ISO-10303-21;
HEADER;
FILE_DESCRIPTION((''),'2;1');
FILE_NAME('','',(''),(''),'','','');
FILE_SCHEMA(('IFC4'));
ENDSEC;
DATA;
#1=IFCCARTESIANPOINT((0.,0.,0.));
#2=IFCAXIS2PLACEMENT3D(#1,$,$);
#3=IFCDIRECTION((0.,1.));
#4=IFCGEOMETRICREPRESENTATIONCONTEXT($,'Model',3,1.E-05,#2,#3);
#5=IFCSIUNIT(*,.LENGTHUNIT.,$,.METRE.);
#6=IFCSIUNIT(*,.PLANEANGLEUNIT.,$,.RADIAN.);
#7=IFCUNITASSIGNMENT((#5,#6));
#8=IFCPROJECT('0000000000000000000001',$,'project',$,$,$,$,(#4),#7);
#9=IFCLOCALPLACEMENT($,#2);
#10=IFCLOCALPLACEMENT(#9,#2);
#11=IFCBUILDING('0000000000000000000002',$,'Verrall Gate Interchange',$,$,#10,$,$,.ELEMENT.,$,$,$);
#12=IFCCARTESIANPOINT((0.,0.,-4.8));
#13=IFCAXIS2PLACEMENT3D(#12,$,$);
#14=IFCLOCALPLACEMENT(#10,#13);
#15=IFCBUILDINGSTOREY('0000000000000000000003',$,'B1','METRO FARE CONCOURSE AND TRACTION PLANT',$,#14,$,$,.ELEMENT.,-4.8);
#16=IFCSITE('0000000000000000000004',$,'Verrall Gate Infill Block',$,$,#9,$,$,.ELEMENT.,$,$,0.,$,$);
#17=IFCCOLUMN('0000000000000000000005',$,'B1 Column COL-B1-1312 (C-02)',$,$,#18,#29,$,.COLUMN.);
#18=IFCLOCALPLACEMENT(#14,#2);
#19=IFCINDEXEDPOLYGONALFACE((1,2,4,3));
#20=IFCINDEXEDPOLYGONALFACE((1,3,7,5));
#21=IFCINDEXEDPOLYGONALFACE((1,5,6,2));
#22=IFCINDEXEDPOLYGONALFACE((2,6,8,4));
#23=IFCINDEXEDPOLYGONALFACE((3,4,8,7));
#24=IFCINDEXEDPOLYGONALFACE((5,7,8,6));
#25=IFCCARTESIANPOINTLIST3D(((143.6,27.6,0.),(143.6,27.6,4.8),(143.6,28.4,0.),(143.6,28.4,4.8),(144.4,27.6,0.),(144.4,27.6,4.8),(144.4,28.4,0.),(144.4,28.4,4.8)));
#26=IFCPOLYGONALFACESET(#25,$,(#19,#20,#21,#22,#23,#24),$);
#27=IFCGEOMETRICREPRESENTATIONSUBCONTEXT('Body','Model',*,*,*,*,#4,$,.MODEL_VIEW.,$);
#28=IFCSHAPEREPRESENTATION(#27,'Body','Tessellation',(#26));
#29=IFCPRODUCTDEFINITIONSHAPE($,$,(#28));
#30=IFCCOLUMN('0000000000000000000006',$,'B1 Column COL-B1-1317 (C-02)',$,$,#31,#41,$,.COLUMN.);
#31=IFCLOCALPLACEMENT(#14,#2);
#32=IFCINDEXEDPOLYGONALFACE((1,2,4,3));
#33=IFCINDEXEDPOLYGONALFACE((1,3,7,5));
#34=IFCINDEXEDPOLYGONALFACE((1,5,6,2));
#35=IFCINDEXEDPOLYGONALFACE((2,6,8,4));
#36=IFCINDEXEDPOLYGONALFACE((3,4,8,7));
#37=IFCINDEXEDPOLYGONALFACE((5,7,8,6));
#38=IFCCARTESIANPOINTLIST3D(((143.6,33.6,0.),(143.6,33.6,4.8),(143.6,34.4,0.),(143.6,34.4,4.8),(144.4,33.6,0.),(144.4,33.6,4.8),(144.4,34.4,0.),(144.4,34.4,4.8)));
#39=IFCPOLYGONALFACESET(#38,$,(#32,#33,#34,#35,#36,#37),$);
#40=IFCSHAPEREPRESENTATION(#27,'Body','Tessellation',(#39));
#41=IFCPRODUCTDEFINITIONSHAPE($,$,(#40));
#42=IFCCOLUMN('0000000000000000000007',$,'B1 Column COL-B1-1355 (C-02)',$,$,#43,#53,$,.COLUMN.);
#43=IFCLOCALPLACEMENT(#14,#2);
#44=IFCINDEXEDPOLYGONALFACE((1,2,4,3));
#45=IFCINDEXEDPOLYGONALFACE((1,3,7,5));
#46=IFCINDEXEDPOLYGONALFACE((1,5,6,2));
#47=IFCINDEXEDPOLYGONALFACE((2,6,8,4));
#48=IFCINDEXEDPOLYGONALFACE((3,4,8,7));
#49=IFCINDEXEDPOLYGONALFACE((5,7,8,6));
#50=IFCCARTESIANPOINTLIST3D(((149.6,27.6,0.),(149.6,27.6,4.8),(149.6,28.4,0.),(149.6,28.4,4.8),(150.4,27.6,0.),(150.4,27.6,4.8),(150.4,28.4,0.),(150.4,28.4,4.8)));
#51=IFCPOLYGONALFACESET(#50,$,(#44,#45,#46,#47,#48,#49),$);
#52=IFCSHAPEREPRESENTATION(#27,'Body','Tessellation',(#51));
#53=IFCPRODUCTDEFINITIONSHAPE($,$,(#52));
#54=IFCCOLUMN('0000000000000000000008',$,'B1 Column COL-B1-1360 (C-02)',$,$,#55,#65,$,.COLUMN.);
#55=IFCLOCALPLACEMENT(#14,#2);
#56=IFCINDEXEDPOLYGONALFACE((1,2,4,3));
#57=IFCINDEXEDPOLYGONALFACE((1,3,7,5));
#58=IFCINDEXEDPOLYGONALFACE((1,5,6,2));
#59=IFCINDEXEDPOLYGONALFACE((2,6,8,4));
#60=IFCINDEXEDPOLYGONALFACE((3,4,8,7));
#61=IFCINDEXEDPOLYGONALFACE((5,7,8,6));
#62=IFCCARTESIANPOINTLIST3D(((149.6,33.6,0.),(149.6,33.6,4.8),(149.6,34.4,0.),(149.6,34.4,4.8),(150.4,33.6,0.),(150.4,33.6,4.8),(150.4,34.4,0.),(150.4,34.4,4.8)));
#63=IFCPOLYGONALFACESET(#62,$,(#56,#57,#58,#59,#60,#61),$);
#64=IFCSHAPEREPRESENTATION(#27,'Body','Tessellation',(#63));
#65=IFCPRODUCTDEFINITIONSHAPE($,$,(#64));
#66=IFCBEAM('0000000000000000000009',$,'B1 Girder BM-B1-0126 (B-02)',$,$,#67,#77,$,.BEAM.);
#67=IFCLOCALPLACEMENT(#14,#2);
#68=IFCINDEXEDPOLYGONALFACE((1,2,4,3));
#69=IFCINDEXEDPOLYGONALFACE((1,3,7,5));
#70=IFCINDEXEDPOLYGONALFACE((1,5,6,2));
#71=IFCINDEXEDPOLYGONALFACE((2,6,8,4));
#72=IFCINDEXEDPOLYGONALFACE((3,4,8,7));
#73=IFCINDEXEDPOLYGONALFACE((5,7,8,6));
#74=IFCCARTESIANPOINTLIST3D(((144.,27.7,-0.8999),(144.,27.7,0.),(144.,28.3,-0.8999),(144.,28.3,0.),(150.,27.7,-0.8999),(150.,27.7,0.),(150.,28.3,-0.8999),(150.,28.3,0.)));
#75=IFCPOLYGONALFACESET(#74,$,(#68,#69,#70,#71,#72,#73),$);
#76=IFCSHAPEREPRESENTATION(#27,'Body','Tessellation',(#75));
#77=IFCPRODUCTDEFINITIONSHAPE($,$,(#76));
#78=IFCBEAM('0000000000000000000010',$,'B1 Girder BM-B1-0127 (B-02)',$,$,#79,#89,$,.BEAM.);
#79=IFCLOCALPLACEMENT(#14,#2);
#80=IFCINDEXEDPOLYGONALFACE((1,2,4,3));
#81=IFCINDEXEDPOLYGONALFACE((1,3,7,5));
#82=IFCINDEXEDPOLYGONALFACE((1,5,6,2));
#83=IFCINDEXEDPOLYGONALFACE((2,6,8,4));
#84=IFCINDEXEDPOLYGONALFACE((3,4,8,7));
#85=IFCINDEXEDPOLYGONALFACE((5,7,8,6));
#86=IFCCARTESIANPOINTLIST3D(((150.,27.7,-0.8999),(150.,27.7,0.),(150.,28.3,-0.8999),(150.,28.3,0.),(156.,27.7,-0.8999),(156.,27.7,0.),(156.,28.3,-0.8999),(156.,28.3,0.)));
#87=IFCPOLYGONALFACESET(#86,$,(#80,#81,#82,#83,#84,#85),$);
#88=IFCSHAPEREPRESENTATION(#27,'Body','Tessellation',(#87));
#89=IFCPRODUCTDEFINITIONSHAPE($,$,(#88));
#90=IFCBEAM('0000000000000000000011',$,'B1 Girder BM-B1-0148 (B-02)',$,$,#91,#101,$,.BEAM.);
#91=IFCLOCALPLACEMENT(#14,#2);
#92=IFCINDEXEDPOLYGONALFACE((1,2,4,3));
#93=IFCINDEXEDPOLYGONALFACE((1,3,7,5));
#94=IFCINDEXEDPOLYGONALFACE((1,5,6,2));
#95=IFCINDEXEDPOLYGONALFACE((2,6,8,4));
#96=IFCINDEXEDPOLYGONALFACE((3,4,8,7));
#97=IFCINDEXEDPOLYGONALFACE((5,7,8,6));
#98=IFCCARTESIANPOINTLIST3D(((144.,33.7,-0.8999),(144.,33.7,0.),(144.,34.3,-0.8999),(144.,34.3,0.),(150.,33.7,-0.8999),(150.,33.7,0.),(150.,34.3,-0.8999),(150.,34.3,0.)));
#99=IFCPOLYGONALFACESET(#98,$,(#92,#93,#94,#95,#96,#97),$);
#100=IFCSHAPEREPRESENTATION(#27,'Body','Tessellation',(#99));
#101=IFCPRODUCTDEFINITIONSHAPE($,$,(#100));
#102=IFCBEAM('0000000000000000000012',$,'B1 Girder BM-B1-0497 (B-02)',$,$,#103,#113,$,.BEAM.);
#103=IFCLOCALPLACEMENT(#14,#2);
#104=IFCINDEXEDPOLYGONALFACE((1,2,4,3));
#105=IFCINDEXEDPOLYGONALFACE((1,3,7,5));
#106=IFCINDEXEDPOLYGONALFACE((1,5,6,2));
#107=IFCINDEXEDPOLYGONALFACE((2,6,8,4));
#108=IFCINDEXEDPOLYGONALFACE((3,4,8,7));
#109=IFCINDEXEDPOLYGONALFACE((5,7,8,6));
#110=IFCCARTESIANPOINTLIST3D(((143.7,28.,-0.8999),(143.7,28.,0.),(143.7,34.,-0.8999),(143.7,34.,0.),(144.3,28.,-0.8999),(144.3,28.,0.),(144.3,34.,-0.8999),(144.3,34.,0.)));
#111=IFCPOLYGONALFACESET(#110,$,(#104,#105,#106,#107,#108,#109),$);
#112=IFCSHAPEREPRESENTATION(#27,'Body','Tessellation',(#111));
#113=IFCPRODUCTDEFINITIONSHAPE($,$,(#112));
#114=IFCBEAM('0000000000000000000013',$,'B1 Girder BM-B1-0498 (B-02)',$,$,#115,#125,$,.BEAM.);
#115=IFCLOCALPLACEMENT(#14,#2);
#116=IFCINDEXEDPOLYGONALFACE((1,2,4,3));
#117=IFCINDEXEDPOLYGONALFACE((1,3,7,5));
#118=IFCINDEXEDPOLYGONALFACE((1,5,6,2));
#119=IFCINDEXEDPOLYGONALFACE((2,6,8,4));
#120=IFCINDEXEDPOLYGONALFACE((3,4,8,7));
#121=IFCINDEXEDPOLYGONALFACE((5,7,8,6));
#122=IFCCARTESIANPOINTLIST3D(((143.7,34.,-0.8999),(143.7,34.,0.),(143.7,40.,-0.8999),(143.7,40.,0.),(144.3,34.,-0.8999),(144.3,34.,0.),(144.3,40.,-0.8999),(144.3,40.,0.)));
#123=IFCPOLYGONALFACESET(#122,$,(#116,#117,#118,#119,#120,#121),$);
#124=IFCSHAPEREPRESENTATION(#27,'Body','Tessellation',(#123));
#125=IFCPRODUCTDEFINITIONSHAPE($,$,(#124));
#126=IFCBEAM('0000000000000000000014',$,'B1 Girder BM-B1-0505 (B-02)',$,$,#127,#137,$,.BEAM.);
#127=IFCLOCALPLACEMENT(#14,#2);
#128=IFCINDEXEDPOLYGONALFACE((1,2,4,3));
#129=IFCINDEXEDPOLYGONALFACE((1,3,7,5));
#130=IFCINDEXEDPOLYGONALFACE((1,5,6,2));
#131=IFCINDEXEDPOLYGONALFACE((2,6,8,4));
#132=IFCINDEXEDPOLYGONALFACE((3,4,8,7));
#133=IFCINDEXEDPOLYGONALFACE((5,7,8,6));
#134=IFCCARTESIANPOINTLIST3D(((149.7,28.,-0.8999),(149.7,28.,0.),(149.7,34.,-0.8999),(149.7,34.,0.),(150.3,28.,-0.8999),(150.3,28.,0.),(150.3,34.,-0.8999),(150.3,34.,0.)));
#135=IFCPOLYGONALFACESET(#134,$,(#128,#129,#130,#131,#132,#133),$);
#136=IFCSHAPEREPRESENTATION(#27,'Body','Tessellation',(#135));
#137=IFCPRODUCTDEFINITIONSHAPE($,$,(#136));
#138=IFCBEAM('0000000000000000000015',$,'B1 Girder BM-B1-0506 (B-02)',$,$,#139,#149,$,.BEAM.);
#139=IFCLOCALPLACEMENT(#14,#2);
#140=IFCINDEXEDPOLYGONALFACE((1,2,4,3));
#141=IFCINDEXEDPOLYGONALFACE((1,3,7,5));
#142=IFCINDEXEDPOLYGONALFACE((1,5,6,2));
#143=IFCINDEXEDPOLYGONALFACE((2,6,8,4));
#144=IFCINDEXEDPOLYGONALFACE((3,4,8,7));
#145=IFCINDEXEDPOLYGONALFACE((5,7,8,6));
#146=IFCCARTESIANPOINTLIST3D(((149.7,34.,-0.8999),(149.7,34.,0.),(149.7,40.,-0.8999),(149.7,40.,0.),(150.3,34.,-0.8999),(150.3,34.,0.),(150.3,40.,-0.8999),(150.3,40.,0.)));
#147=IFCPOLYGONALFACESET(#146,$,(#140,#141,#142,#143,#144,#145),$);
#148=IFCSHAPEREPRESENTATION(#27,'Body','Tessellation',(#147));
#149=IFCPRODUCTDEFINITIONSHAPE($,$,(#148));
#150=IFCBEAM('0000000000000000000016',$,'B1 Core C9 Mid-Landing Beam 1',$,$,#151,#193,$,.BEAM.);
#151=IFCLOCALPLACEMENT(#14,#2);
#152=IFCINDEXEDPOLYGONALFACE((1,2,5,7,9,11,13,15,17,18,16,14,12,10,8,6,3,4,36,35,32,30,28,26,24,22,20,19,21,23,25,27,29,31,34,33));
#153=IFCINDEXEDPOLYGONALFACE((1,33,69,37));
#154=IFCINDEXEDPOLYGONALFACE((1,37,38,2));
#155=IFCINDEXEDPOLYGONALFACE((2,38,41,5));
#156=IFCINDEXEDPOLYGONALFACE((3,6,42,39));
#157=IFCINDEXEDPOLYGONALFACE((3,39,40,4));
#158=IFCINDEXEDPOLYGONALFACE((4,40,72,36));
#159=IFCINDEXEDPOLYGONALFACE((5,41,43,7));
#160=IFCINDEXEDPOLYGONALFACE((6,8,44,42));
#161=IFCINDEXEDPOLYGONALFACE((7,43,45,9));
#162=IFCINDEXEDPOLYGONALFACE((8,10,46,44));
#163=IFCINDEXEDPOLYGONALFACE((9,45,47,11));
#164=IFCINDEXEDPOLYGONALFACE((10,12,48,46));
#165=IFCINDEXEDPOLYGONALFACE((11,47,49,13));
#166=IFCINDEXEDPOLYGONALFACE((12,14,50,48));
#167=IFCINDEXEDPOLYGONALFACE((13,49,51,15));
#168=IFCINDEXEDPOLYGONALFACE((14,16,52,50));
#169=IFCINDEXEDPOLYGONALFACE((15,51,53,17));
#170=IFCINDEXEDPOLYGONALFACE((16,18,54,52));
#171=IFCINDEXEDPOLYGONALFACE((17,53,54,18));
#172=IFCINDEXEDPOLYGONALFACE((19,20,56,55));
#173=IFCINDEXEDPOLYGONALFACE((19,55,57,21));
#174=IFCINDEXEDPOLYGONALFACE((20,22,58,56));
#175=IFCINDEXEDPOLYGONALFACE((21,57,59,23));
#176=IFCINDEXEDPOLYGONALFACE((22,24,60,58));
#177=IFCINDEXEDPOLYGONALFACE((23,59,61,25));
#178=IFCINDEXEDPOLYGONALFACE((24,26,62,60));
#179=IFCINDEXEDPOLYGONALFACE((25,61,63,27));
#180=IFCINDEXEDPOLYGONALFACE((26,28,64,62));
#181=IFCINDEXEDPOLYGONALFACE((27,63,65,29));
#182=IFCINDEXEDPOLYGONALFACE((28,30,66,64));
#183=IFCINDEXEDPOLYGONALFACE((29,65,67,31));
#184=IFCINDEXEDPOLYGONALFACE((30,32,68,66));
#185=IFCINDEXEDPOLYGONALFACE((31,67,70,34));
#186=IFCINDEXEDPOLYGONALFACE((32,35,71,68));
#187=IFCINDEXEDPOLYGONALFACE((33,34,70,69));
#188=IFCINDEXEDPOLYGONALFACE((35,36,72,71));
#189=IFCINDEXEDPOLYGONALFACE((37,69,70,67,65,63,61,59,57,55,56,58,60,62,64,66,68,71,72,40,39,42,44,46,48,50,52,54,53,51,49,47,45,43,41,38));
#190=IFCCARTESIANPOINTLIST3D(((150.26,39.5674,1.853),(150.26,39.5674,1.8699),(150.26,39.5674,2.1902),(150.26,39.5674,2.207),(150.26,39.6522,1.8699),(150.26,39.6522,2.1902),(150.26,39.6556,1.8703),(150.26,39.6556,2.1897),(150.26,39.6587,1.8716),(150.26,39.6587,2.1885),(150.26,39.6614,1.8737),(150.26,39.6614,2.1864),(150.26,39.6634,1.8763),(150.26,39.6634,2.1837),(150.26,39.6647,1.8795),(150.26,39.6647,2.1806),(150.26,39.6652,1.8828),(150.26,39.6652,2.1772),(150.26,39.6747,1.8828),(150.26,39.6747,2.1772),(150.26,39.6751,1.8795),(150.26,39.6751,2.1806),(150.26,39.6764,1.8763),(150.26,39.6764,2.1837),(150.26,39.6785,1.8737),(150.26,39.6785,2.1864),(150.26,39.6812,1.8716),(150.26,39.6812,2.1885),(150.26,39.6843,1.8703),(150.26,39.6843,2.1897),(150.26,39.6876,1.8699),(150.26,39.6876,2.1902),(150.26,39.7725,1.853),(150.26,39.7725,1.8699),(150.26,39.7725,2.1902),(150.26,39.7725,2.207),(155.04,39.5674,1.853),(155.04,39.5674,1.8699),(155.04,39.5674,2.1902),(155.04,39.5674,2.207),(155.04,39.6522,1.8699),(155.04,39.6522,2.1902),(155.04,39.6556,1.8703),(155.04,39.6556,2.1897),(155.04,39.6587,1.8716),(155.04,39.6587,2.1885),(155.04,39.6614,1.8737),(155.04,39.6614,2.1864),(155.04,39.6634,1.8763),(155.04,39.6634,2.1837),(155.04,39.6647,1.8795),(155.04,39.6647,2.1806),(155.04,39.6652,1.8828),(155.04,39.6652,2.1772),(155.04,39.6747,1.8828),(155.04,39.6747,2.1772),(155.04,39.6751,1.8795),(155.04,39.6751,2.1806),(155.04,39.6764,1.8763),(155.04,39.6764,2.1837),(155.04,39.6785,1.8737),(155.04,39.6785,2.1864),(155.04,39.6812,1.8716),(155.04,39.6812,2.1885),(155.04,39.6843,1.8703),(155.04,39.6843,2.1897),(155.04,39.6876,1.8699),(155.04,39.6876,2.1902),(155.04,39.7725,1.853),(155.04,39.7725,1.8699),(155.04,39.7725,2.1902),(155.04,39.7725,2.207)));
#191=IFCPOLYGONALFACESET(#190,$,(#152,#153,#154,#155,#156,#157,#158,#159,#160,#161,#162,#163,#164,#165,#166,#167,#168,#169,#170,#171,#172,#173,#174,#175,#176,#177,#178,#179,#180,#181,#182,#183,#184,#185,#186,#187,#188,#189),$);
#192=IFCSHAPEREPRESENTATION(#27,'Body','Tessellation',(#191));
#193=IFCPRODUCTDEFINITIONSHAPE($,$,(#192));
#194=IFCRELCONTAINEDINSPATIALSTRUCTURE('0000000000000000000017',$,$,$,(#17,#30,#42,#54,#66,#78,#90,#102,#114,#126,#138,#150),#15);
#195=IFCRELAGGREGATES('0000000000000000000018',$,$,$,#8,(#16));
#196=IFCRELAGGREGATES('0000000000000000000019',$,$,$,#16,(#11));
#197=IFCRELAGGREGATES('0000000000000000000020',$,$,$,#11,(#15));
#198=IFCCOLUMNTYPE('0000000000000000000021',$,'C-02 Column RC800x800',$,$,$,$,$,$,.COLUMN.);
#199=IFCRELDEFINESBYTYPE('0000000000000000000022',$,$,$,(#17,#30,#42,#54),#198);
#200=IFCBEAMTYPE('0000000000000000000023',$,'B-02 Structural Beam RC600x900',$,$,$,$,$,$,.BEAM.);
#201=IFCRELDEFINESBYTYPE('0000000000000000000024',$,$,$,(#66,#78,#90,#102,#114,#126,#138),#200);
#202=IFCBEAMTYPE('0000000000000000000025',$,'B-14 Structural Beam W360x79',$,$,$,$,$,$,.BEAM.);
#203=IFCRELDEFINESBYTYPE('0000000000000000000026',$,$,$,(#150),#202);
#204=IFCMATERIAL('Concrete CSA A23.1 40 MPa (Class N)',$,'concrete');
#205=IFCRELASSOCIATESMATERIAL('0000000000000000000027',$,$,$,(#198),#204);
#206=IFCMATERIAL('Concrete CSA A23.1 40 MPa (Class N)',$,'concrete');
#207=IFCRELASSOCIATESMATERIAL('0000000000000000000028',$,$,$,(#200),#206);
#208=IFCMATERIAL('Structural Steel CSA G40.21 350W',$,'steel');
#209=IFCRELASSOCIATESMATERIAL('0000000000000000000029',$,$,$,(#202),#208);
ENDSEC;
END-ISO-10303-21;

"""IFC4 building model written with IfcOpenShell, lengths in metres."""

from ifc_helpers import new_model, si_unit, direction, frame, origin, origin_2d, place, context, subcontext, project, spatial, rectangle, i_section, extrude, material, material_profile, profile_set, type_object, element, save


model = new_model("IFC4")

# Units and contexts
model_context = context("Model", 3, precision=1e-05, world=origin(), true_north=direction((0.0, 1.0)))
body_context = subcontext(model_context, "Body", "Model", "MODEL_VIEW")
ifc_project = project(units=[si_unit("LENGTHUNIT", "METRE"), si_unit("PLANEANGLEUNIT", "RADIAN")], contexts=[model_context])

# Site, building, storey
site_placement = place(None, origin())
site = spatial("IfcSite", under=ifc_project, at=site_placement, Name="Verrall Gate Infill Block", CompositionType="ELEMENT", RefElevation=0.0)
building_placement = place(site_placement, origin())
building = spatial("IfcBuilding", under=site, at=building_placement, Name="Verrall Gate Interchange", CompositionType="ELEMENT")
storey_placement = place(building_placement, frame((0.0, 0.0, -4.8)))
storey = spatial("IfcBuildingStorey", under=building, at=storey_placement, Name="B1", Description="METRO FARE CONCOURSE AND TRACTION PLANT", CompositionType="ELEMENT", Elevation=-4.8)

# Columns
ifc_material_1 = material(Name="Concrete CSA A23.1 40 MPa (Class N)", Category="concrete")
ifc_material_profile_1 = material_profile(ifc_material_1, rectangle(XDim=0.8, YDim=0.8, at=origin_2d()), Name="RC800x800")
ifc_profile_set_1 = profile_set([ifc_material_profile_1], Name="Concrete CSA A23.1 40 MPa (Class N)")
column_type = type_object("IfcColumnType", Name="C-02 Column RC800x800", PredefinedType="COLUMN", material=ifc_profile_set_1)
for number, where, z_axis, x_axis, name in (
    (1, (144.0, 28.0, 0.0), (0.0, 0.0, 1.0), (1.0, 0.0, 0.0), "B1 Column COL-B1-1312 (C-02)"),
    (2, (144.0, 34.0, 0.0), (0.0, 0.0, 1.0), (1.0, 0.0, 0.0), "B1 Column COL-B1-1317 (C-02)"),
    (3, (150.0, 28.0, 0.0), (0.0, 0.0, 1.0), (1.0, 0.0, 0.0), "B1 Column COL-B1-1355 (C-02)"),
    (4, (150.0, 34.0, 0.0), (0.0, 0.0, 1.0), (1.0, 0.0, 0.0), "B1 Column COL-B1-1360 (C-02)"),
):
    element("IfcColumn", number, at=place(storey_placement, frame(where, z_axis=z_axis, x_axis=x_axis)), inside=storey, type_object=column_type, Name=name, PredefinedType="COLUMN", context=body_context, shape_type="SweptSolid", body=[
        extrude(rectangle(XDim=0.8, YDim=0.8, at=origin_2d()), origin(), (0.0, 0.0, 1.0), 4.8),
    ])

# Beams
ifc_material_2 = material(Name="Concrete CSA A23.1 40 MPa (Class N)", Category="concrete")
ifc_material_profile_2 = material_profile(ifc_material_2, rectangle(XDim=0.6001, YDim=0.8999, at=origin_2d()), Name="RC600x900")
ifc_profile_set_2 = profile_set([ifc_material_profile_2], Name="Concrete CSA A23.1 40 MPa (Class N)")
beam_type_1 = type_object("IfcBeamType", Name="B-02 Structural Beam RC600x900", PredefinedType="BEAM", material=ifc_profile_set_2)
for number, where, z_axis, x_axis, name in (
    (5, (144.0, 28.0, -0.45), (1.0, 0.0, 0.0), (0.0, 1.0, 0.0), "B1 Girder BM-B1-0126 (B-02)"),
    (6, (150.0, 28.0, -0.45), (1.0, 0.0, 0.0), (0.0, 1.0, 0.0), "B1 Girder BM-B1-0127 (B-02)"),
    (7, (144.0, 34.0, -0.45), (1.0, 0.0, 0.0), (0.0, 1.0, 0.0), "B1 Girder BM-B1-0148 (B-02)"),
    (8, (144.0, 28.0, -0.45), (0.0, 1.0, 0.0), (-1.0, 0.0, 0.0), "B1 Girder BM-B1-0497 (B-02)"),
    (9, (144.0, 34.0, -0.45), (0.0, 1.0, 0.0), (-1.0, 0.0, 0.0), "B1 Girder BM-B1-0498 (B-02)"),
    (10, (150.0, 28.0, -0.45), (0.0, 1.0, 0.0), (-1.0, 0.0, 0.0), "B1 Girder BM-B1-0505 (B-02)"),
    (11, (150.0, 34.0, -0.45), (0.0, 1.0, 0.0), (-1.0, 0.0, 0.0), "B1 Girder BM-B1-0506 (B-02)"),
):
    element("IfcBeam", number, at=place(storey_placement, frame(where, z_axis=z_axis, x_axis=x_axis)), inside=storey, type_object=beam_type_1, Name=name, PredefinedType="BEAM", context=body_context, shape_type="SweptSolid", body=[
        extrude(rectangle(XDim=0.6001, YDim=0.8999, at=origin_2d()), origin(), (0.0, 0.0, 1.0), 6.0),
    ])
ifc_material_3 = material(Name="Structural Steel CSA G40.21 350W", Category="steel")
ifc_material_profile_3 = material_profile(ifc_material_3, i_section(OverallWidth=0.2051, OverallDepth=0.354, WebThickness=0.0095, FlangeThickness=0.0168, FilletRadius=0.0129, at=origin_2d()), Name="W360x79")
ifc_profile_set_3 = profile_set([ifc_material_profile_3], Name="Structural Steel CSA G40.21 350W")
beam_type_2 = type_object("IfcBeamType", Name="B-14 Structural Beam W360x79", PredefinedType="BEAM", material=ifc_profile_set_3)
beam_1_placement = place(storey_placement, frame((150.26, 39.6699, 2.03), z_axis=(1.0, 0.0, 0.0), x_axis=(0.0, 1.0, 0.0)))
element("IfcBeam", 12, at=beam_1_placement, inside=storey, type_object=beam_type_2, Name="B1 Core C9 Mid-Landing Beam 1", PredefinedType="BEAM", context=body_context, shape_type="SweptSolid", body=[
    extrude(i_section(OverallWidth=0.2051, OverallDepth=0.354, WebThickness=0.0095, FlangeThickness=0.0168, FilletRadius=0.0129, at=origin_2d()), origin(), (0.0, 0.0, 1.0), 4.78),
])

save(model, "model.ifc")
